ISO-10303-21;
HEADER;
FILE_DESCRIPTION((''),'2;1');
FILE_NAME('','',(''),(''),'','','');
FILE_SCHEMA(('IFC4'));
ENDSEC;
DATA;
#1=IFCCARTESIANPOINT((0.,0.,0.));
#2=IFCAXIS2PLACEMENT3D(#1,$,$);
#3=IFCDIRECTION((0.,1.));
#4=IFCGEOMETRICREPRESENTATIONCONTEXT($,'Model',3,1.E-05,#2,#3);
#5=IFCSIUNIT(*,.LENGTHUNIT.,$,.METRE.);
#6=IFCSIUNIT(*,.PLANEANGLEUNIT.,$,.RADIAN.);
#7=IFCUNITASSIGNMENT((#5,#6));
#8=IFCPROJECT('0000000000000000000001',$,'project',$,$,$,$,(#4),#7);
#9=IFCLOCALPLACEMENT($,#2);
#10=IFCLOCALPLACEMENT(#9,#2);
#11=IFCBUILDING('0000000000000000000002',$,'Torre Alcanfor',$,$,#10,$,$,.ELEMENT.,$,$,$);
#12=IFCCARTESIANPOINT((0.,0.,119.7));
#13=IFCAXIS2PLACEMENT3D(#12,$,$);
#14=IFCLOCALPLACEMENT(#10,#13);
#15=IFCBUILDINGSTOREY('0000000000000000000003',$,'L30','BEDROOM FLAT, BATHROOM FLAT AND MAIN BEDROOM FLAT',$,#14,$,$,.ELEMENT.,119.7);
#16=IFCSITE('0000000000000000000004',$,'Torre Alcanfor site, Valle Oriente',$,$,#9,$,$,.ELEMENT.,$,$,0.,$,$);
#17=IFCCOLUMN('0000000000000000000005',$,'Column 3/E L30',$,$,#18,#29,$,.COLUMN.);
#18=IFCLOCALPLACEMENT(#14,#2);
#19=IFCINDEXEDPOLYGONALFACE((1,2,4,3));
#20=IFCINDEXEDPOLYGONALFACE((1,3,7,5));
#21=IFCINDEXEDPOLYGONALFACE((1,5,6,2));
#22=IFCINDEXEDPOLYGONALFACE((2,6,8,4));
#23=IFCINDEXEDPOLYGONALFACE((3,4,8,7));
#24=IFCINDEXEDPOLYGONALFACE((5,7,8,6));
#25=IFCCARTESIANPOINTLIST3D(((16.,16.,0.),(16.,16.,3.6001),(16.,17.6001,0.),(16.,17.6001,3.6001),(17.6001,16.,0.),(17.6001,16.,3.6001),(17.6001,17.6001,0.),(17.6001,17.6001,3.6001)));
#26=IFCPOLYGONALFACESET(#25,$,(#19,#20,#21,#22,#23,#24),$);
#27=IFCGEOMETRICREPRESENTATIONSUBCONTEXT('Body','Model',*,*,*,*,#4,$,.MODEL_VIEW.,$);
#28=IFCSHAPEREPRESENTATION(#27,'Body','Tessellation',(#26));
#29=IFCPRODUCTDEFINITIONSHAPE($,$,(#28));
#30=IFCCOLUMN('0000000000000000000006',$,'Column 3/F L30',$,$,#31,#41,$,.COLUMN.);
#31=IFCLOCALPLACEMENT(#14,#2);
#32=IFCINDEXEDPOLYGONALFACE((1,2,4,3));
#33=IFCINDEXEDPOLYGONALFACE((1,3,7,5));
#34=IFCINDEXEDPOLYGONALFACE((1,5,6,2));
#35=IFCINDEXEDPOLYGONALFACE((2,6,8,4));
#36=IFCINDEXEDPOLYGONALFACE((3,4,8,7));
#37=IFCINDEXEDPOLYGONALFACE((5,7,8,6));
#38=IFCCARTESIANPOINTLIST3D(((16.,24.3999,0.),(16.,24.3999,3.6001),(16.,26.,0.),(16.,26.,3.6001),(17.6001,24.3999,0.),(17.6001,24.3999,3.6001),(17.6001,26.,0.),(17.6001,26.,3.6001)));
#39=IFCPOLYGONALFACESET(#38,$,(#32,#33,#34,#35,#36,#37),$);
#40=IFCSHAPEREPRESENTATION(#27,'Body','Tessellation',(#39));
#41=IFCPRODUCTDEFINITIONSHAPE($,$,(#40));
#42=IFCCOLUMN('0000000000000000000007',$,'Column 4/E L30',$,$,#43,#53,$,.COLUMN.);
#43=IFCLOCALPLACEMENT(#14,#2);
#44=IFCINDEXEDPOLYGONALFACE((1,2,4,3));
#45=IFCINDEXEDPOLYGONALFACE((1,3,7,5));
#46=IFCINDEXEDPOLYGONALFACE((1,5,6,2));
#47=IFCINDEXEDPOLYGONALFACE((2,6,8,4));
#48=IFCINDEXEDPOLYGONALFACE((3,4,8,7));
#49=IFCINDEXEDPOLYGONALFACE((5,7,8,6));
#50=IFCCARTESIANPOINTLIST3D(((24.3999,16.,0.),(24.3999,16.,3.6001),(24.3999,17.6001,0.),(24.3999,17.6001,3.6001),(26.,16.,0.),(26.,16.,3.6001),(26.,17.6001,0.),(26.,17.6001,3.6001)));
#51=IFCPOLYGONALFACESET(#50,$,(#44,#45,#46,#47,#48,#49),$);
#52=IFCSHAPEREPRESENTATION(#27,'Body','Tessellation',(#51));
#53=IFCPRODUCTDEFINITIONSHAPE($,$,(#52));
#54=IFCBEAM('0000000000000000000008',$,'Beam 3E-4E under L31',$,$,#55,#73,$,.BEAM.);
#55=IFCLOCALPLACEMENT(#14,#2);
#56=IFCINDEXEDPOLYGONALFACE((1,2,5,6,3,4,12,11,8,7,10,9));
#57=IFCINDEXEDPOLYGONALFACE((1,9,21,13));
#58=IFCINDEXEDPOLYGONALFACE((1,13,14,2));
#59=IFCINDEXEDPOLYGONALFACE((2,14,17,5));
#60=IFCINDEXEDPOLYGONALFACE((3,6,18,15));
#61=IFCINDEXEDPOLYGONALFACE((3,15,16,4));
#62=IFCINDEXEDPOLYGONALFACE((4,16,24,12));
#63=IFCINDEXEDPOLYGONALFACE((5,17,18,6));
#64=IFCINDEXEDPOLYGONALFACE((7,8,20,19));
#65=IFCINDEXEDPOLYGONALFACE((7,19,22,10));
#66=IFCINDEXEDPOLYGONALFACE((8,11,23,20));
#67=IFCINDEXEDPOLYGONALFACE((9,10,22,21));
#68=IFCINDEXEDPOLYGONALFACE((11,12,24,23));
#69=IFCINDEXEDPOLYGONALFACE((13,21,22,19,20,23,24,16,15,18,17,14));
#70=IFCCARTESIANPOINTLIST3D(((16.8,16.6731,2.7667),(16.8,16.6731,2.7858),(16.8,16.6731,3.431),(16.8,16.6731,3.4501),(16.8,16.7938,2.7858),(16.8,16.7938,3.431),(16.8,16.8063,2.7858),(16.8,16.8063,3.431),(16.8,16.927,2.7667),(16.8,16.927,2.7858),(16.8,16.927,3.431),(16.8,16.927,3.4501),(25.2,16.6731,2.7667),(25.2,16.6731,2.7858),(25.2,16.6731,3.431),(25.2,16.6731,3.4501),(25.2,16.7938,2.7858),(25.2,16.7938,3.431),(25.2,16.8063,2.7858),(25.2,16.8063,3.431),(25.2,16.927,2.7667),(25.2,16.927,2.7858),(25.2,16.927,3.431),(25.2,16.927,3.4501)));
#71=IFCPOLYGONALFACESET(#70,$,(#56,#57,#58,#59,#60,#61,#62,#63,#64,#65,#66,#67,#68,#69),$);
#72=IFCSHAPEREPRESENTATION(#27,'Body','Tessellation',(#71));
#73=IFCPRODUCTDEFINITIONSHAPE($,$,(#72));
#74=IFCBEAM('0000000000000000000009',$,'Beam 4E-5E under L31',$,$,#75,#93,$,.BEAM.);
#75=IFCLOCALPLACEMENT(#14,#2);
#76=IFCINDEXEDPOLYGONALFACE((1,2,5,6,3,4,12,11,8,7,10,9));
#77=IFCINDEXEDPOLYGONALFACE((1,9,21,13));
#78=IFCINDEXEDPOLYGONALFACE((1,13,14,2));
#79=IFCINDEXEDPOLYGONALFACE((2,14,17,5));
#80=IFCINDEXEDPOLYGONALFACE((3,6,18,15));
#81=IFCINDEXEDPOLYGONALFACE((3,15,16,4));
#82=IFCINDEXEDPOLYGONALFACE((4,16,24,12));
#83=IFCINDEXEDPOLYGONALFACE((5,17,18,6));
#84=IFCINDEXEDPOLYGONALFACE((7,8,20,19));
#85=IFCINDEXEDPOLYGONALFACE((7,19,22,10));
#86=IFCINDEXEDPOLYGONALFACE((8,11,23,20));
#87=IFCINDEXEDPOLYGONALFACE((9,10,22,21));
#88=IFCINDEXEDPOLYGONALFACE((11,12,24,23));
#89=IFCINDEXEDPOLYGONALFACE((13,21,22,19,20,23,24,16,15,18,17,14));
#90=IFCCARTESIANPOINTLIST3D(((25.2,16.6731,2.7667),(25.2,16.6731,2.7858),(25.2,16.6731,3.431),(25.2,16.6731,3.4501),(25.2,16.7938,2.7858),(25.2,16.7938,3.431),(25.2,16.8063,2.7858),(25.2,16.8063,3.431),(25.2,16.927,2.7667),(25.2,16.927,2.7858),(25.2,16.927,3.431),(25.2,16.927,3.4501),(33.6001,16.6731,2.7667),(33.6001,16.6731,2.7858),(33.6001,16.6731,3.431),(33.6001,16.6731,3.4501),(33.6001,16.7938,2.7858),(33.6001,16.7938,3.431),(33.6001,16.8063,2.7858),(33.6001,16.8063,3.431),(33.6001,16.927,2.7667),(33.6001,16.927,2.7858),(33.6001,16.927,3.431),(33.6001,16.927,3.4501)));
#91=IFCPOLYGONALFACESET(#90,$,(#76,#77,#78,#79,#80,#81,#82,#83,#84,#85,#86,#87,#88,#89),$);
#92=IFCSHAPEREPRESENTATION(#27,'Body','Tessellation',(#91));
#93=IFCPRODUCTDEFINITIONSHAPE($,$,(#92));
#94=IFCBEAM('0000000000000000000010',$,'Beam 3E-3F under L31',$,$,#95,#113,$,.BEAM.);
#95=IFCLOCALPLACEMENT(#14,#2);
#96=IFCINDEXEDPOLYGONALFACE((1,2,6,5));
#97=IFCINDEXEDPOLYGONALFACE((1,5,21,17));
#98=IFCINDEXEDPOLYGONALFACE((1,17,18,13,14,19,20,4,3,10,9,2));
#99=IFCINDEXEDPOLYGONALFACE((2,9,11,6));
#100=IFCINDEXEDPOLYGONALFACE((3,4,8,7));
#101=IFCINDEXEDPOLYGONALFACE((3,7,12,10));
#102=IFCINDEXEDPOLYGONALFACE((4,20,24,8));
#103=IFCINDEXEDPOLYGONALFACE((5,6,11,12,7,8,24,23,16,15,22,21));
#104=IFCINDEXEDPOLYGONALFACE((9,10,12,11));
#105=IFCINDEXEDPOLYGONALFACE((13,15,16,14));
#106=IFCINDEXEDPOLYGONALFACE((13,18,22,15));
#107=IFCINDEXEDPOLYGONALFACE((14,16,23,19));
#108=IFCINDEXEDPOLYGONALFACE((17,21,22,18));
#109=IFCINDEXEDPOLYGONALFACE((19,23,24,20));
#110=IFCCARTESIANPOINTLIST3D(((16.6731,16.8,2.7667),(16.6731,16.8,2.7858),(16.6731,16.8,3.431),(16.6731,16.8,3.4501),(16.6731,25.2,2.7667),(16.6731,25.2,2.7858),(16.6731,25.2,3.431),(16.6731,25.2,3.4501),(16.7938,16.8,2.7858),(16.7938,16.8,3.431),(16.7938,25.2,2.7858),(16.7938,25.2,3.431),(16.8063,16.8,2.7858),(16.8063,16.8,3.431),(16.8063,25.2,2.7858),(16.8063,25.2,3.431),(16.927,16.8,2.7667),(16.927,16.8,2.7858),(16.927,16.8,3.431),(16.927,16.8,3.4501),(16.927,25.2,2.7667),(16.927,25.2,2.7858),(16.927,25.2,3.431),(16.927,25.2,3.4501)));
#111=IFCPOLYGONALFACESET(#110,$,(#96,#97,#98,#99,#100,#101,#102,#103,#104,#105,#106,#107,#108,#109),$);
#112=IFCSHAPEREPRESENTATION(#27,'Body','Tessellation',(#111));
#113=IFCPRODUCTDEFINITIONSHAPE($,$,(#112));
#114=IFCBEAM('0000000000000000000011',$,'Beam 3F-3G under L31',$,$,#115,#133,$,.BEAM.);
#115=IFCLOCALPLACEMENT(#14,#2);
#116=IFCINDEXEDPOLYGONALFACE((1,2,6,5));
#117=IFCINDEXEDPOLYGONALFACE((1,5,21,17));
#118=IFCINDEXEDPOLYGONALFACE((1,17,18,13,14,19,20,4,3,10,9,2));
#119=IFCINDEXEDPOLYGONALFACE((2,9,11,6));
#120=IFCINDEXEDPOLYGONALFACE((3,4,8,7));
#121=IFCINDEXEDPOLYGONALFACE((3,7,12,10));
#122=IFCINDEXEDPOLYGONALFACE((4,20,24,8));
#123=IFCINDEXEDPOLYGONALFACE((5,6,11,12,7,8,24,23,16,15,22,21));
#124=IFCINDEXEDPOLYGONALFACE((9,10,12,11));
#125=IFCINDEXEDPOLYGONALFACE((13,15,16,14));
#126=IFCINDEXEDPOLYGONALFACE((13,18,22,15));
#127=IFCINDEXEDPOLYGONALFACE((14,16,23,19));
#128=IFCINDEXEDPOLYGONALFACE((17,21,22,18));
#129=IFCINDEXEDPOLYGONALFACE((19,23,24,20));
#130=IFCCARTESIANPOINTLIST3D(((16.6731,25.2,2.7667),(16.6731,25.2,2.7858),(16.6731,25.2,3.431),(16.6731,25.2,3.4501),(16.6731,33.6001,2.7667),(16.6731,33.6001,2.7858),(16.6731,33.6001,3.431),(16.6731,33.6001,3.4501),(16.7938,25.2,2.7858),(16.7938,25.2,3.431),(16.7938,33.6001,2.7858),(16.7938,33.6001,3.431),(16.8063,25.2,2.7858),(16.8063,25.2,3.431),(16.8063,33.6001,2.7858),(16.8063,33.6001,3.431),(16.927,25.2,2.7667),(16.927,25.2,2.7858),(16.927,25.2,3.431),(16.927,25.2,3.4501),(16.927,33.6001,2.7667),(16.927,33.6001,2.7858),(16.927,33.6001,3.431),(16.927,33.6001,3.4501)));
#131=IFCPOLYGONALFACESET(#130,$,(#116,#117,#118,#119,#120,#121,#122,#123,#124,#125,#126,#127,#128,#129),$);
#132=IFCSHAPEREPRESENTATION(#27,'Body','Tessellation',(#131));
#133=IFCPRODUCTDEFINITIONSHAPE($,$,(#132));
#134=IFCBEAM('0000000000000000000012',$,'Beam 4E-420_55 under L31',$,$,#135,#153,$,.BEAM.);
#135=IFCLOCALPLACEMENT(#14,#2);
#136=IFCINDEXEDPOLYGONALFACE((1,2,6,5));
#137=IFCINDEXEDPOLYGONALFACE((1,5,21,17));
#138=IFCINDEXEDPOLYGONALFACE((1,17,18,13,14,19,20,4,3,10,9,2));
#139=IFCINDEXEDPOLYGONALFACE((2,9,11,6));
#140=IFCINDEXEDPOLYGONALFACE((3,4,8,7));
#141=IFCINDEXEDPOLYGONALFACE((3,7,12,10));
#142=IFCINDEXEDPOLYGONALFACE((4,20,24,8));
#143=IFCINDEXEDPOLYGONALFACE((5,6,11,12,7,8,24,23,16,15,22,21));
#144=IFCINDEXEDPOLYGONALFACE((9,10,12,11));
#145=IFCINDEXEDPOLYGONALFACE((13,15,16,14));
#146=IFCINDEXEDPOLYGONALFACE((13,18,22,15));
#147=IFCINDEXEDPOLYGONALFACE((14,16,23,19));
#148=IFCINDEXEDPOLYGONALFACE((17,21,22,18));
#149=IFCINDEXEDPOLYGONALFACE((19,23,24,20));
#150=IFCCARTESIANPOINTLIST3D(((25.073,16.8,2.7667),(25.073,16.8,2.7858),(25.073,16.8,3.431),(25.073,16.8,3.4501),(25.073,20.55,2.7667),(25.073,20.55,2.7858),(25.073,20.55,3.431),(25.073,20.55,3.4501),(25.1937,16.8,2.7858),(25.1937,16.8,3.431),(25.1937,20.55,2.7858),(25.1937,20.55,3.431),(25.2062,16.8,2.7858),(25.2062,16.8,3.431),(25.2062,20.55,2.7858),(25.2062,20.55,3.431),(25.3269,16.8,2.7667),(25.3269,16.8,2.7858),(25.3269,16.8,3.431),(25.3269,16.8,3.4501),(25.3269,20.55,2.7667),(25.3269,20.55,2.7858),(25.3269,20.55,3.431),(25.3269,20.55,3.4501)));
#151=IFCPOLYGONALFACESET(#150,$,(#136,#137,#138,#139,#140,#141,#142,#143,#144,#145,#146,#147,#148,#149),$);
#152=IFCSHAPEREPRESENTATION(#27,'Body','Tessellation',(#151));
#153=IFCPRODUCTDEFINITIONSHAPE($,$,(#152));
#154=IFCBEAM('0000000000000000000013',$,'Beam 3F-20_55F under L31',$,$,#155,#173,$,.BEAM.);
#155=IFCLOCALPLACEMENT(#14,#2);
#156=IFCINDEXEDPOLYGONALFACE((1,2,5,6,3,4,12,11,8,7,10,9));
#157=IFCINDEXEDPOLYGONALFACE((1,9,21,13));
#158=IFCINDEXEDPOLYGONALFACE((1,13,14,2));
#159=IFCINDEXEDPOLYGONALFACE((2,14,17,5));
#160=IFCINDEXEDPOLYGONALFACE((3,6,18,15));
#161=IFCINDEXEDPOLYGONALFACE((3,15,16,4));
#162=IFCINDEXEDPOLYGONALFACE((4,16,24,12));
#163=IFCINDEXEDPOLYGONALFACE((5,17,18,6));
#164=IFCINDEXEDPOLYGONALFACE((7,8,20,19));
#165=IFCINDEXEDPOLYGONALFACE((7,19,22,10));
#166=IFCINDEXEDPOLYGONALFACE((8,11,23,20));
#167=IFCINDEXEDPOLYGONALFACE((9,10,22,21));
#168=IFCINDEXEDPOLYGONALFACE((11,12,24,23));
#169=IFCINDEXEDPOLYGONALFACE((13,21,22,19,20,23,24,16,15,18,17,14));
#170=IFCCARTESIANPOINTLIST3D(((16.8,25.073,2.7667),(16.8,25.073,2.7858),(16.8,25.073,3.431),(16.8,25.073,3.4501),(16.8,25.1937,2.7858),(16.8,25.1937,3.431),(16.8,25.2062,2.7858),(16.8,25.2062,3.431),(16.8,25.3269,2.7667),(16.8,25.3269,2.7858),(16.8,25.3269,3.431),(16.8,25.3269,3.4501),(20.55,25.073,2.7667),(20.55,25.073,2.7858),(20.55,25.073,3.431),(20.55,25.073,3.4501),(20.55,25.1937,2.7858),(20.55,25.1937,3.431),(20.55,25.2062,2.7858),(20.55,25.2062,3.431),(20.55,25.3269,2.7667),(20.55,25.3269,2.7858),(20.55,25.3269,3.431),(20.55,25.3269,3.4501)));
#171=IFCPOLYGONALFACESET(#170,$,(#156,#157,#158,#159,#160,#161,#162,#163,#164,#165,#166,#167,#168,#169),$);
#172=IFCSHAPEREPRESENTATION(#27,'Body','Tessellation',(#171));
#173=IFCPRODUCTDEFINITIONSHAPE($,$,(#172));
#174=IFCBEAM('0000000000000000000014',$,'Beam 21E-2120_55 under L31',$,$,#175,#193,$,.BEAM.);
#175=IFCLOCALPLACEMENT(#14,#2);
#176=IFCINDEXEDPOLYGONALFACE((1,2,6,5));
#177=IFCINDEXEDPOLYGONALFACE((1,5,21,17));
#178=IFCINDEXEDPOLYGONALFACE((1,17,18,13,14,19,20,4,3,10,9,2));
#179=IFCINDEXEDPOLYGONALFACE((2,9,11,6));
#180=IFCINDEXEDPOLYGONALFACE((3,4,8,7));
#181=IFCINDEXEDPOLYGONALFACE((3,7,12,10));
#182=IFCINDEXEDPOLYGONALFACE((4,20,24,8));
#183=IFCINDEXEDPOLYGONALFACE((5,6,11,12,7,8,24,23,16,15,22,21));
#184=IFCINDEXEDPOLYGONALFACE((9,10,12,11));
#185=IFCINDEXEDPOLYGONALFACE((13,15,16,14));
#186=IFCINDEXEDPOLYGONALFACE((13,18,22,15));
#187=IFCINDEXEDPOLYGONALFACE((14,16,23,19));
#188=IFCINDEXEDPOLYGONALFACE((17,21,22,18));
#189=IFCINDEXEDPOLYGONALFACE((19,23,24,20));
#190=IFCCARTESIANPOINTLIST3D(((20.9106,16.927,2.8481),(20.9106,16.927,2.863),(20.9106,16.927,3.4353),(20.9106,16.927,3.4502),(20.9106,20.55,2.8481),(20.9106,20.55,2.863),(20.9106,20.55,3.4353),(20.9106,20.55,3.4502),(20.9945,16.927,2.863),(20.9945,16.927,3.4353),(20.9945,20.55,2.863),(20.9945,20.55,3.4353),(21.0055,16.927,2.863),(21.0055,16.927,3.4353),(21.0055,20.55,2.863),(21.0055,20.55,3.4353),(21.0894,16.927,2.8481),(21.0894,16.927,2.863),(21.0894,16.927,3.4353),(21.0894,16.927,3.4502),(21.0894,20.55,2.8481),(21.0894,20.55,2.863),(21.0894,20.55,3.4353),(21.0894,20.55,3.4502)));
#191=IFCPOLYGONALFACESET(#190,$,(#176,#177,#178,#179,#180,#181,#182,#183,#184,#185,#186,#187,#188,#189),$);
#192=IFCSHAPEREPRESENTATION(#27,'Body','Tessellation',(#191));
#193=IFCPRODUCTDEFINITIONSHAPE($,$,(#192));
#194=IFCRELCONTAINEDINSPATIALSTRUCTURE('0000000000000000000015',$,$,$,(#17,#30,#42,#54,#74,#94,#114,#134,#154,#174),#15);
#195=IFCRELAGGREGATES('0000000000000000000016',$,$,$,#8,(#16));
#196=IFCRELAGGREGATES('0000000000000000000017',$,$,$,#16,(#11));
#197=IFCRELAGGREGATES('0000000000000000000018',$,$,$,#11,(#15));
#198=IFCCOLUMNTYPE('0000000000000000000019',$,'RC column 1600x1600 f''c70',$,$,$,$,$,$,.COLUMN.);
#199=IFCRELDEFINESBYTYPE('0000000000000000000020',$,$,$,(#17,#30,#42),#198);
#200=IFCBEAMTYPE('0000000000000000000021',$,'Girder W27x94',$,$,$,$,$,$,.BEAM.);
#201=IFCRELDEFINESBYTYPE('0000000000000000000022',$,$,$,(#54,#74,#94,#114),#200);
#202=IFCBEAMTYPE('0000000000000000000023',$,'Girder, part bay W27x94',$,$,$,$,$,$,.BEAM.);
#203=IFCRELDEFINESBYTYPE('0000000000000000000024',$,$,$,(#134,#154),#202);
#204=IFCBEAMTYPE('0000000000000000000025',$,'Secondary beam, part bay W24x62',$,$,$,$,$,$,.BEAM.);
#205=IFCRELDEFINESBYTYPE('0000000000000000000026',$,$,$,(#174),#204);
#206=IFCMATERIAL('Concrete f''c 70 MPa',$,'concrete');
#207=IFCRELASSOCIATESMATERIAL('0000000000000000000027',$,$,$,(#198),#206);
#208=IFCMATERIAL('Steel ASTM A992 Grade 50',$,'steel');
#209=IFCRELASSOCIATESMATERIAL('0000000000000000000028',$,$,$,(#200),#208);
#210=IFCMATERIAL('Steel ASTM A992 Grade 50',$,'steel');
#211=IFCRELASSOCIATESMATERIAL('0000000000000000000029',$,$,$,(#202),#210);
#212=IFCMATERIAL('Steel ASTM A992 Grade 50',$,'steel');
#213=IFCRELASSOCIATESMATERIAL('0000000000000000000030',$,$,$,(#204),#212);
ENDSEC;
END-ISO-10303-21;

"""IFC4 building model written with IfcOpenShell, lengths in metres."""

from ifc_helpers import new_model, si_unit, direction, frame, origin, origin_2d, place, context, subcontext, project, spatial, rectangle, i_section, extrude, material, material_profile, profile_set, type_object, element, save


model = new_model("IFC4")

# Units and contexts
model_context = context("Model", 3, precision=1e-05, world=origin(), true_north=direction((0.0, 1.0)))
body_context = subcontext(model_context, "Body", "Model", "MODEL_VIEW")
ifc_project = project(units=[si_unit("LENGTHUNIT", "METRE"), si_unit("PLANEANGLEUNIT", "RADIAN")], contexts=[model_context])

# Site, building, storey
site_placement = place(None, origin())
site = spatial("IfcSite", under=ifc_project, at=site_placement, Name="Torre Alcanfor site, Valle Oriente", CompositionType="ELEMENT", RefElevation=0.0)
building_placement = place(site_placement, origin())
building = spatial("IfcBuilding", under=site, at=building_placement, Name="Torre Alcanfor", CompositionType="ELEMENT")
storey_placement = place(building_placement, frame((0.0, 0.0, 119.7)))
storey = spatial("IfcBuildingStorey", under=building, at=storey_placement, Name="L30", Description="BEDROOM FLAT, BATHROOM FLAT AND MAIN BEDROOM FLAT", CompositionType="ELEMENT", Elevation=119.7)

# Columns
ifc_material_1 = material(Name="Concrete f'c 70 MPa", Category="concrete")
ifc_material_profile_1 = material_profile(ifc_material_1, rectangle(XDim=1.6001, YDim=1.6001, at=origin_2d()), Name="1600x1600")
ifc_profile_set_1 = profile_set([ifc_material_profile_1], Name="Concrete f'c 70 MPa")
column_type = type_object("IfcColumnType", Name="RC column 1600x1600 f'c70", PredefinedType="COLUMN", material=ifc_profile_set_1)
for number, where, z_axis, x_axis, name in (
    (1, (16.8, 16.8, 0.0), (0.0, 0.0, 1.0), (1.0, 0.0, 0.0), "Column 3/E L30"),
    (2, (16.8, 25.2, 0.0), (0.0, 0.0, 1.0), (1.0, 0.0, 0.0), "Column 3/F L30"),
    (3, (25.2, 16.8, 0.0), (0.0, 0.0, 1.0), (1.0, 0.0, 0.0), "Column 4/E L30"),
):
    element("IfcColumn", number, at=place(storey_placement, frame(where, z_axis=z_axis, x_axis=x_axis)), inside=storey, type_object=column_type, Name=name, PredefinedType="COLUMN", context=body_context, shape_type="SweptSolid", body=[
        extrude(rectangle(XDim=1.6001, YDim=1.6001, at=origin_2d()), origin(), (0.0, 0.0, 1.0), 3.6001),
    ])

# Beams
ifc_material_2 = material(Name="Steel ASTM A992 Grade 50", Category="steel")
ifc_material_profile_2 = material_profile(ifc_material_2, i_section(OverallWidth=0.2539, OverallDepth=0.6833, WebThickness=0.0125, FlangeThickness=0.019, at=origin_2d()), Name="W27x94")
ifc_profile_set_2 = profile_set([ifc_material_profile_2], Name="Steel ASTM A992 Grade 50")
beam_type_1 = type_object("IfcBeamType", Name="Girder W27x94", PredefinedType="BEAM", material=ifc_profile_set_2)
beam_1_placement = place(storey_placement, frame((16.8, 16.8, 3.1084), z_axis=(1.0, 0.0, 0.0), x_axis=(0.0, 1.0, 0.0)))
element("IfcBeam", 4, at=beam_1_placement, inside=storey, type_object=beam_type_1, Name="Beam 3E-4E under L31", PredefinedType="BEAM", context=body_context, shape_type="SweptSolid", body=[
    extrude(i_section(OverallWidth=0.2539, OverallDepth=0.6833, WebThickness=0.0125, FlangeThickness=0.019, at=origin_2d()), origin(), (0.0, 0.0, 1.0), 8.3999),
])
beam_2_placement = place(storey_placement, frame((25.2, 16.8, 3.1084), z_axis=(1.0, 0.0, 0.0), x_axis=(0.0, 1.0, 0.0)))
element("IfcBeam", 5, at=beam_2_placement, inside=storey, type_object=beam_type_1, Name="Beam 4E-5E under L31", PredefinedType="BEAM", context=body_context, shape_type="SweptSolid", body=[
    extrude(i_section(OverallWidth=0.2539, OverallDepth=0.6833, WebThickness=0.0125, FlangeThickness=0.019, at=origin_2d()), origin(), (0.0, 0.0, 1.0), 8.4001),
])
beam_3_placement = place(storey_placement, frame((16.8, 16.8, 3.1084), z_axis=(0.0, 1.0, 0.0), x_axis=(-1.0, 0.0, 0.0)))
element("IfcBeam", 6, at=beam_3_placement, inside=storey, type_object=beam_type_1, Name="Beam 3E-3F under L31", PredefinedType="BEAM", context=body_context, shape_type="SweptSolid", body=[
    extrude(i_section(OverallWidth=0.2539, OverallDepth=0.6833, WebThickness=0.0125, FlangeThickness=0.019, at=origin_2d()), origin(), (0.0, 0.0, 1.0), 8.3999),
])
beam_4_placement = place(storey_placement, frame((16.8, 25.2, 3.1084), z_axis=(0.0, 1.0, 0.0), x_axis=(-1.0, 0.0, 0.0)))
element("IfcBeam", 7, at=beam_4_placement, inside=storey, type_object=beam_type_1, Name="Beam 3F-3G under L31", PredefinedType="BEAM", context=body_context, shape_type="SweptSolid", body=[
    extrude(i_section(OverallWidth=0.2539, OverallDepth=0.6833, WebThickness=0.0125, FlangeThickness=0.019, at=origin_2d()), origin(), (0.0, 0.0, 1.0), 8.4001),
])
ifc_material_3 = material(Name="Steel ASTM A992 Grade 50", Category="steel")
ifc_material_profile_3 = material_profile(ifc_material_3, i_section(OverallWidth=0.2539, OverallDepth=0.6833, WebThickness=0.0125, FlangeThickness=0.019, at=origin_2d()), Name="W27x94")
ifc_profile_set_3 = profile_set([ifc_material_profile_3], Name="Steel ASTM A992 Grade 50")
beam_type_2 = type_object("IfcBeamType", Name="Girder, part bay W27x94", PredefinedType="BEAM", material=ifc_profile_set_3)
for number, where, z_axis, x_axis, name in (
    (8, (25.2, 16.8, 3.1084), (0.0, 1.0, 0.0), (-1.0, 0.0, 0.0), "Beam 4E-420_55 under L31"),
    (9, (16.8, 25.2, 3.1084), (1.0, 0.0, 0.0), (0.0, 1.0, 0.0), "Beam 3F-20_55F under L31"),
):
    element("IfcBeam", number, at=place(storey_placement, frame(where, z_axis=z_axis, x_axis=x_axis)), inside=storey, type_object=beam_type_2, Name=name, PredefinedType="BEAM", context=body_context, shape_type="SweptSolid", body=[
        extrude(i_section(OverallWidth=0.2539, OverallDepth=0.6833, WebThickness=0.0125, FlangeThickness=0.019, at=origin_2d()), origin(), (0.0, 0.0, 1.0), 3.75),
    ])
ifc_material_4 = material(Name="Steel ASTM A992 Grade 50", Category="steel")
ifc_material_profile_4 = material_profile(ifc_material_4, i_section(OverallWidth=0.1787, OverallDepth=0.6021, WebThickness=0.011, FlangeThickness=0.0149, at=origin_2d()), Name="W24x62")
ifc_profile_set_4 = profile_set([ifc_material_profile_4], Name="Steel ASTM A992 Grade 50")
beam_type_3 = type_object("IfcBeamType", Name="Secondary beam, part bay W24x62", PredefinedType="BEAM", material=ifc_profile_set_4)
for number, where, z_axis, x_axis, name in (
    (10, (21.0, 16.927, 3.1492), (0.0, 1.0, 0.0), (-1.0, 0.0, 0.0), "Beam 21E-2120_55 under L31"),
):
    element("IfcBeam", number, at=place(storey_placement, frame(where, z_axis=z_axis, x_axis=x_axis)), inside=storey, type_object=beam_type_3, Name=name, PredefinedType="BEAM", context=body_context, shape_type="SweptSolid", body=[
        extrude(i_section(OverallWidth=0.1787, OverallDepth=0.6021, WebThickness=0.011, FlangeThickness=0.0149, at=origin_2d()), origin(), (0.0, 0.0, 1.0), 3.623),
    ])

save(model, "model.ifc")
